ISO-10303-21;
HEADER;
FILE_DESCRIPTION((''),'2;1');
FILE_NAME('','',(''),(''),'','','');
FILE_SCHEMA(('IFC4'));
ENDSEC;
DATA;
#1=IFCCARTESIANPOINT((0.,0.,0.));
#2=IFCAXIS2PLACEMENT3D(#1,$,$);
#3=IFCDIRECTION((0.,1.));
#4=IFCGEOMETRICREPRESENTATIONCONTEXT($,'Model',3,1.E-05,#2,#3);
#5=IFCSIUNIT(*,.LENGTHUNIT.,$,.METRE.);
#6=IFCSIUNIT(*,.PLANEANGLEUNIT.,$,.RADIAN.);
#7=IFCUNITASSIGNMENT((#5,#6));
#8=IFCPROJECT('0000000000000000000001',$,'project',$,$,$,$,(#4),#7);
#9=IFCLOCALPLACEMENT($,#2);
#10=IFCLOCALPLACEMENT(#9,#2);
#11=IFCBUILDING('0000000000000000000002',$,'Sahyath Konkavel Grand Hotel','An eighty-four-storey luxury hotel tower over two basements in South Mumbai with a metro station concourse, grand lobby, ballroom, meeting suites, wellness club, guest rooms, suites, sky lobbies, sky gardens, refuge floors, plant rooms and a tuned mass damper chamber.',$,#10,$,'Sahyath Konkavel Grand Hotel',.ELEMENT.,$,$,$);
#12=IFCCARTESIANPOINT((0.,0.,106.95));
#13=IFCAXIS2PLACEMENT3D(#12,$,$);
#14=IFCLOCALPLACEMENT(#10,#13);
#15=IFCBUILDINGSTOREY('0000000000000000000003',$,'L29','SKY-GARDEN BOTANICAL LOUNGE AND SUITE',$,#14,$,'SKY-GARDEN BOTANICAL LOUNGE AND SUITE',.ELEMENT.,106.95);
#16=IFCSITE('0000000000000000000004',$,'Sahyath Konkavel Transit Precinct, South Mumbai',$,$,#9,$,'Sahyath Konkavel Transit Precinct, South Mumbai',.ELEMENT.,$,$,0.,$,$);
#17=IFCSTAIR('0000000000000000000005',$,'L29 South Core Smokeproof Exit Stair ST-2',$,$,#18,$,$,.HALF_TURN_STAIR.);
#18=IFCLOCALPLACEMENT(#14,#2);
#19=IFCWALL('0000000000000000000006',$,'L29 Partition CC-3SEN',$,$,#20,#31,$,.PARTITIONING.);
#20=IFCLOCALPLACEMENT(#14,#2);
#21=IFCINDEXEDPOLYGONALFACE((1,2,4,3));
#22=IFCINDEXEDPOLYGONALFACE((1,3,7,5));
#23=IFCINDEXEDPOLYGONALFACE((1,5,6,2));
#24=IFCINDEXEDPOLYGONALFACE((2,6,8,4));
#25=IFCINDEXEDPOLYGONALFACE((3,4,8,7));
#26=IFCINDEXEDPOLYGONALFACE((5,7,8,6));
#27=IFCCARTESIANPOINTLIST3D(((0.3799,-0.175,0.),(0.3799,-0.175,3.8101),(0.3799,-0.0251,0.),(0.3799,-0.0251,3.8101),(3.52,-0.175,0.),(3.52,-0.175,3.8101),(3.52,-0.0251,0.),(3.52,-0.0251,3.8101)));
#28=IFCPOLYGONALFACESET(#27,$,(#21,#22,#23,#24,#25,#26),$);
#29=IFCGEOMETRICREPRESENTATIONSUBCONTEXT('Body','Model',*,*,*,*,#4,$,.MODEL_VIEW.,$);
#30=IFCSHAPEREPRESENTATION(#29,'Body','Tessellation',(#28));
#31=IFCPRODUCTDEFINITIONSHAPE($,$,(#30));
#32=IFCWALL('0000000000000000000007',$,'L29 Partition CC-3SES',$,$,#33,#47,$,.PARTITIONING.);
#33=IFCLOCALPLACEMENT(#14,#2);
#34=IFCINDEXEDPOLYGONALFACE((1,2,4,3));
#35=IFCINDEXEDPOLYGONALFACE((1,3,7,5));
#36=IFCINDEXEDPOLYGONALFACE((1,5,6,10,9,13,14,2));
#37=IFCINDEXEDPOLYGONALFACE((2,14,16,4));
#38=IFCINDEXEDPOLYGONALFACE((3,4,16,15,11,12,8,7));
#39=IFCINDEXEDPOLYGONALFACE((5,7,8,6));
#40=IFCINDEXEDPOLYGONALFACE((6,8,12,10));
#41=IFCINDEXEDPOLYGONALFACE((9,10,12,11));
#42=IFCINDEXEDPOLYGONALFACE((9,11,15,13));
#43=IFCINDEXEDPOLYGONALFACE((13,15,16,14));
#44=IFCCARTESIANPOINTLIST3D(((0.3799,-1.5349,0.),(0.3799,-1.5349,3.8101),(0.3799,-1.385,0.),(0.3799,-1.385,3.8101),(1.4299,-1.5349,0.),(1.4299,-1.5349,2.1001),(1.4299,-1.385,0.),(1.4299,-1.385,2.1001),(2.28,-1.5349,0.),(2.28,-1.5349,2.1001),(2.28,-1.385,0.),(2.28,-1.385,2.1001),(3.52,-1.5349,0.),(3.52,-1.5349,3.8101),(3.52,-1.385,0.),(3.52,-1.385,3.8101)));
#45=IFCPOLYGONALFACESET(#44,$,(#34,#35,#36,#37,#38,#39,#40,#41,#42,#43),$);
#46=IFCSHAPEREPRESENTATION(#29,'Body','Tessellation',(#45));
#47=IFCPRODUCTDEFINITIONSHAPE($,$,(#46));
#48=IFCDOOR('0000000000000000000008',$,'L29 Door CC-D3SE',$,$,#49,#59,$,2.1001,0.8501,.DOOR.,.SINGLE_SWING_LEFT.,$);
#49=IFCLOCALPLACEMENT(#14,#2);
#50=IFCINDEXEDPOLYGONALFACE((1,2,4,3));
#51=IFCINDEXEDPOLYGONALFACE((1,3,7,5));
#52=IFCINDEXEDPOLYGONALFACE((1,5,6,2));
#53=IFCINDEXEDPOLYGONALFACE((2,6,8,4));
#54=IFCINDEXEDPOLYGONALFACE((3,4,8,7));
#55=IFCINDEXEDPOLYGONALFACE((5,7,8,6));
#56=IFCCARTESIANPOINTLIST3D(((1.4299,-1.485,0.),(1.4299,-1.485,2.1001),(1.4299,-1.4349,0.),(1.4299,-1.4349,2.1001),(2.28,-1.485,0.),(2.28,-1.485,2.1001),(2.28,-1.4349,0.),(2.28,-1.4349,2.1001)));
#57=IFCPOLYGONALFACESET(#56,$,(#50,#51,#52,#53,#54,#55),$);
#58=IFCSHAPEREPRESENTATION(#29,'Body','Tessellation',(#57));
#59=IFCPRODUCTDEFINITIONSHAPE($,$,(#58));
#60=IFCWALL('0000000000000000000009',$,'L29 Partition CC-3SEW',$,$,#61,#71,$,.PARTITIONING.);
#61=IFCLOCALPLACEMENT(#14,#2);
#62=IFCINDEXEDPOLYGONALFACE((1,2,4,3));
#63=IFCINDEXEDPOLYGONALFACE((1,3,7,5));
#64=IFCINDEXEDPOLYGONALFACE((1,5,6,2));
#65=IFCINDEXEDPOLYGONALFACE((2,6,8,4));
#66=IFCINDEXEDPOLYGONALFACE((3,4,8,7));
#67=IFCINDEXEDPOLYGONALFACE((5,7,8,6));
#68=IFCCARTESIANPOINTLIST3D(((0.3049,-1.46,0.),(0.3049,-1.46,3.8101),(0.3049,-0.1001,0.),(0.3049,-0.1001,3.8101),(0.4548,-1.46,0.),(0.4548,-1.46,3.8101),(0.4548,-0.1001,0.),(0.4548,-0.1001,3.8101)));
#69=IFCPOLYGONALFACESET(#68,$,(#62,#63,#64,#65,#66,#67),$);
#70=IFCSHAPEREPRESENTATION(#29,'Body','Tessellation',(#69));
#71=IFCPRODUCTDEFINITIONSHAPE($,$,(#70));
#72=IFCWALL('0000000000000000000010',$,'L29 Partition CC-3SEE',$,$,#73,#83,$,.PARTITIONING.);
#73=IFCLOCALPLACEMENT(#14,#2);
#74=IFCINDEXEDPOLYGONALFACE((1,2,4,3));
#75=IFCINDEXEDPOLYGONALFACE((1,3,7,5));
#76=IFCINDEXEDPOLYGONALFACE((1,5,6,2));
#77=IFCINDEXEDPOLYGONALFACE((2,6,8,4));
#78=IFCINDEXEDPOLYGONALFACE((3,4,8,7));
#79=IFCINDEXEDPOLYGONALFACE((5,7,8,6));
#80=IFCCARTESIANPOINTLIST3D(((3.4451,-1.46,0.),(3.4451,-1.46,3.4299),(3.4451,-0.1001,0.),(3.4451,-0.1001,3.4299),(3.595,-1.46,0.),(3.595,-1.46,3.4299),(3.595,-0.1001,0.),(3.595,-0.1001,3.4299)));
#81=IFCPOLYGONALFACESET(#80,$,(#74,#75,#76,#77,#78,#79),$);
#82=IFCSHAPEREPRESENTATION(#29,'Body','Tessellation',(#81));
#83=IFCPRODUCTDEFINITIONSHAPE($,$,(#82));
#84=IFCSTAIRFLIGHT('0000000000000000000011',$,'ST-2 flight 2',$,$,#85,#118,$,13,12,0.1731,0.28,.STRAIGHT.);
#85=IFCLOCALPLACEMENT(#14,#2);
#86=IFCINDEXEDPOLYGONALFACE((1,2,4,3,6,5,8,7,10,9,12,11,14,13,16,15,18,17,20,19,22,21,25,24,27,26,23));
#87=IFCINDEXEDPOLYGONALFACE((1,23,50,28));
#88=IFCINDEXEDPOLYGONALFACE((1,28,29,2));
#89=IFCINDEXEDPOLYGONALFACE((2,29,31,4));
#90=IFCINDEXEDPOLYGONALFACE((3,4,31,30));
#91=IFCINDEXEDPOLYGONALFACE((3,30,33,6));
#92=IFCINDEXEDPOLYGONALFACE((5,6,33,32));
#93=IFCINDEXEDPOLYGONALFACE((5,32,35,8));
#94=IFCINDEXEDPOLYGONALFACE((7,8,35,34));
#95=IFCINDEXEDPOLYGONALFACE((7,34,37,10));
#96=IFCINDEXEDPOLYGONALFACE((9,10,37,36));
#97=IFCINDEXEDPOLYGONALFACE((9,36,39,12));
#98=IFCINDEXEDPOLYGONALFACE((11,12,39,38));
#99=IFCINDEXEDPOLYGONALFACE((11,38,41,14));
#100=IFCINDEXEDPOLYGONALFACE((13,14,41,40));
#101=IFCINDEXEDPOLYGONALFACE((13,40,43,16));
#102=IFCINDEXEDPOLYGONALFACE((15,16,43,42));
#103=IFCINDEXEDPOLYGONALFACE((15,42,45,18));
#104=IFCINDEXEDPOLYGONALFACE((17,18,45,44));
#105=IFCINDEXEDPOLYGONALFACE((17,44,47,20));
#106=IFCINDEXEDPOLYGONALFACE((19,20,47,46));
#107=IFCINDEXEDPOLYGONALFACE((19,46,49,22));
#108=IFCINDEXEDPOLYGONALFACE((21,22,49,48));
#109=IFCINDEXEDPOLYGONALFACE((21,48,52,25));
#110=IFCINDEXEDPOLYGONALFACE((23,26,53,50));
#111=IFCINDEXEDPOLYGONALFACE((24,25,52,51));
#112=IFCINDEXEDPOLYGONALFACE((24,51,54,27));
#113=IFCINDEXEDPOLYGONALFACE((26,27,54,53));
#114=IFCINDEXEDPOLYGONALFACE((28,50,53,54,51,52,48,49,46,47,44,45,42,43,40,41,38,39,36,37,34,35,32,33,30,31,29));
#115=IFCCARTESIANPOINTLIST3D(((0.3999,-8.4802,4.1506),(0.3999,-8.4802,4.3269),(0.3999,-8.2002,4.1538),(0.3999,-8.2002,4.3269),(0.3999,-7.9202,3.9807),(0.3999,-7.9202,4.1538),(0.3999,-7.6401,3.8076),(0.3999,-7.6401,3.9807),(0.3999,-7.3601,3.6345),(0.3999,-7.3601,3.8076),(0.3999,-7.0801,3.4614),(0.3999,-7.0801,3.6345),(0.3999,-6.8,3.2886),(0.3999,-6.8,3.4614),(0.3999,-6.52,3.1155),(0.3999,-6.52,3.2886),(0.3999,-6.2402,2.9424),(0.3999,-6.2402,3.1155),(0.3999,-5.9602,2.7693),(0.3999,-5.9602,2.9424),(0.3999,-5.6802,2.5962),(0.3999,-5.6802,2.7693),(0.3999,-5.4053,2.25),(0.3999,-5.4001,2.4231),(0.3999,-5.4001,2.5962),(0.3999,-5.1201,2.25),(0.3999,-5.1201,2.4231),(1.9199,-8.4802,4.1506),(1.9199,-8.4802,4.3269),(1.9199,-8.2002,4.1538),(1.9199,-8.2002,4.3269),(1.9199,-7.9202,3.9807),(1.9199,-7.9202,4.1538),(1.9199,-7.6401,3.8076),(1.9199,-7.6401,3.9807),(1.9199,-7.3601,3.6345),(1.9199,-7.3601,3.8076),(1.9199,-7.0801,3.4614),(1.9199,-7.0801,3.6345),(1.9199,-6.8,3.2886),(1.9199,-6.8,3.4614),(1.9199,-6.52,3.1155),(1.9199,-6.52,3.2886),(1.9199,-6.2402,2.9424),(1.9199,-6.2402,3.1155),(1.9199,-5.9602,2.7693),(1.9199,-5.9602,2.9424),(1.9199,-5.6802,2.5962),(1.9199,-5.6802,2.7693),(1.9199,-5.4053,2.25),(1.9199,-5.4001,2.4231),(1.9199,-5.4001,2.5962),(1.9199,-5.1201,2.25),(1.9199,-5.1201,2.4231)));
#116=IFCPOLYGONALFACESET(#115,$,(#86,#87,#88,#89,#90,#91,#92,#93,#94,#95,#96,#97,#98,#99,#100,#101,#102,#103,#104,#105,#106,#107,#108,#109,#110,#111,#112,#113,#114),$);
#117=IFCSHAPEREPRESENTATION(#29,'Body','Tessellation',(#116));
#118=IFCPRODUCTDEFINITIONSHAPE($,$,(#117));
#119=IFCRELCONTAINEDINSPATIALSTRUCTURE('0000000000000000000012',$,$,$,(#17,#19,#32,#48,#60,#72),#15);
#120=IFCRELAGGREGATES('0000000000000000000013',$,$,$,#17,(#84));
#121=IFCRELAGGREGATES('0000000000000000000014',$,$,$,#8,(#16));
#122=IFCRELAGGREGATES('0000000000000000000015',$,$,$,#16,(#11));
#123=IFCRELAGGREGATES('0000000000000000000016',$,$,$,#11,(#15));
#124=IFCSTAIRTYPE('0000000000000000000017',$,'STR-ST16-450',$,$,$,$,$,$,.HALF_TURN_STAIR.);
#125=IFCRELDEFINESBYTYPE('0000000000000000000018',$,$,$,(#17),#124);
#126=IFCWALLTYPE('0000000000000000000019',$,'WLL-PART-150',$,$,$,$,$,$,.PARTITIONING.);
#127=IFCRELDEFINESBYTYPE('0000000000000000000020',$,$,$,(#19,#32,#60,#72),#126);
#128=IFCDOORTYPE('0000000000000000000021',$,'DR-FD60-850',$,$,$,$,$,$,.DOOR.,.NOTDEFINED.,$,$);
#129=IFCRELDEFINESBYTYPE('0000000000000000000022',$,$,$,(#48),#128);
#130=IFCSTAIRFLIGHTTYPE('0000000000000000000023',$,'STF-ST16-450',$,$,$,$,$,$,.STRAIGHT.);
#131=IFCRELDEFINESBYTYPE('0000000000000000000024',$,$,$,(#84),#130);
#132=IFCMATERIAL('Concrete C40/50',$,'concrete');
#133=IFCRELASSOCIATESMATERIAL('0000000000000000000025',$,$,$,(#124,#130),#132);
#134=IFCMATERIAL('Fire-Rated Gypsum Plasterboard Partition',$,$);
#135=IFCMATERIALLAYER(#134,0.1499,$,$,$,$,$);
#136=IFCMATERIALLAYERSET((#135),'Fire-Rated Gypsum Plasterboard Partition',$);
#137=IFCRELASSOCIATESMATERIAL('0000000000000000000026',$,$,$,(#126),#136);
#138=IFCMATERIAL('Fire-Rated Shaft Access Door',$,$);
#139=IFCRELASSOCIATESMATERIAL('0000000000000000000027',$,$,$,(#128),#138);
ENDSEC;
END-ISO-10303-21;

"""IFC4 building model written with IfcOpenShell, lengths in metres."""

from ifc_helpers import new_model, si_unit, direction, frame, frame_2d, origin, origin_2d, place, context, subcontext, project, spatial, polyline, rectangle, outline, extrude, source, transform, mapped, material, layer, layer_set, type_object, element, fill, aggregate, save


model = new_model("IFC4")

# Units and contexts
model_context = context("Model", 3, precision=1e-05, world=origin(), true_north=direction((0.0, 1.0)))
body_context = subcontext(model_context, "Body", "Model", "MODEL_VIEW")
ifc_project = project(units=[si_unit("LENGTHUNIT", "METRE"), si_unit("PLANEANGLEUNIT", "RADIAN")], contexts=[model_context])

# Site, building, storey
site_placement = place(None, origin())
site = spatial("IfcSite", under=ifc_project, at=site_placement, Name="Sahyath Konkavel Transit Precinct, South Mumbai", LongName="Sahyath Konkavel Transit Precinct, South Mumbai", CompositionType="ELEMENT", RefElevation=0.0)
building_placement = place(site_placement, origin())
building = spatial("IfcBuilding", under=site, at=building_placement, Name="Sahyath Konkavel Grand Hotel", Description="An eighty-four-storey luxury hotel tower over two basements in South Mumbai with a metro station concourse, grand lobby, ballroom, meeting suites, wellness club, guest rooms, suites, sky lobbies, sky gardens, refuge floors, plant rooms and a tuned mass damper chamber.", LongName="Sahyath Konkavel Grand Hotel", CompositionType="ELEMENT")
storey_placement = place(building_placement, frame((0.0, 0.0, 106.95)))
storey = spatial("IfcBuildingStorey", under=building, at=storey_placement, Name="L29", Description="SKY-GARDEN BOTANICAL LOUNGE AND SUITE", LongName="SKY-GARDEN BOTANICAL LOUNGE AND SUITE", CompositionType="ELEMENT", Elevation=106.95)

# Shared definitions
ifc_material_1 = material(Name="Concrete C40/50", Category="concrete")

# Stair
stair_type = type_object("IfcStairType", Name="STR-ST16-450", PredefinedType="HALF_TURN_STAIR", material=ifc_material_1)
stair_1_placement = place(storey_placement, origin())
stair_1 = element("IfcStair", 1, at=stair_1_placement, inside=storey, type_object=stair_type, Name="L29 South Core Smokeproof Exit Stair ST-2", PredefinedType="HALF_TURN_STAIR")

# Wall
ifc_material_2 = material(Name="Fire-Rated Gypsum Plasterboard Partition")
ifc_layer_1 = layer(ifc_material_2, 0.1499)
ifc_layer_set_1 = layer_set([ifc_layer_1], Name="Fire-Rated Gypsum Plasterboard Partition")
wall_type_1 = type_object("IfcWallType", Name="WLL-PART-150", PredefinedType="PARTITIONING", material=ifc_layer_set_1)
wall_1_placement = place(storey_placement, frame((0.3799, -0.1001, 0.0), z_axis=(0.0, 0.0, 1.0), x_axis=(1.0, 0.0, 0.0)))
element("IfcWall", 2, at=wall_1_placement, inside=storey, type_object=wall_type_1, Name="L29 Partition CC-3SEN", PredefinedType="PARTITIONING", context=body_context, shape_type="SweptSolid", body=[
    extrude(rectangle(XDim=3.1401, YDim=0.1499, at=frame_2d((1.5701, 0.0))), origin(), (0.0, 0.0, 1.0), 3.8101),
])

# Wall, opening, door
wall_2_placement = place(storey_placement, frame((0.3799, -1.46, 0.0), z_axis=(0.0, 0.0, 1.0), x_axis=(1.0, 0.0, 0.0)))
wall_2 = element("IfcWall", 3, at=wall_2_placement, inside=storey, type_object=wall_type_1, Name="L29 Partition CC-3SES", PredefinedType="PARTITIONING", context=body_context, shape_type="SweptSolid", body=[
    extrude(rectangle(XDim=3.1401, YDim=0.1499, at=frame_2d((1.5701, 0.0))), origin(), (0.0, 0.0, 1.0), 3.8101),
])
opening_placement = place(wall_2_placement, frame((1.05, 0.0, 0.0)))
opening = element("IfcOpeningElement", 4, at=opening_placement, cuts=wall_2, PredefinedType="OPENING", context=body_context, shape_type="SweptSolid", body=[
    extrude(rectangle(XDim=0.8501, YDim=2.1001, at=frame_2d((0.425, 1.05))), frame((0.0, 0.085, 0.0), z_axis=(0.0, -1.0, 0.0), x_axis=(1.0, 0.0, 0.0)), (0.0, 0.0, 1.0), 0.1699),
])
ifc_material_3 = material(Name="Fire-Rated Shaft Access Door")
door_type = type_object("IfcDoorType", Name="DR-FD60-850", OperationType="NOTDEFINED", PredefinedType="DOOR", material=ifc_material_3)
shared_shape_1 = source(origin(), body_context, "Body", "SweptSolid", [
    extrude(rectangle(XDim=0.8501, YDim=0.05, at=origin_2d()), origin(), (0.0, 0.0, 1.0), 2.1001),
])
door_placement = place(opening_placement, frame((0.425, 0.0, 0.0)))
door = element("IfcDoor", 5, at=door_placement, inside=storey, type_object=door_type, Name="L29 Door CC-D3SE", OperationType="SINGLE_SWING_LEFT", OverallHeight=2.1001, OverallWidth=0.8501, PredefinedType="DOOR", context=body_context, shape_type="MappedRepresentation", body=[
    mapped(shared_shape_1, transform((0.0, 0.0, 0.0), scale=1.0)),
])
fill(opening, door)

# Walls
wall_3_placement = place(storey_placement, frame((0.3799, -1.46, 0.0), z_axis=(0.0, 0.0, 1.0), x_axis=(0.0, 1.0, 0.0)))
element("IfcWall", 6, at=wall_3_placement, inside=storey, type_object=wall_type_1, Name="L29 Partition CC-3SEW", PredefinedType="PARTITIONING", context=body_context, shape_type="SweptSolid", body=[
    extrude(rectangle(XDim=1.3599, YDim=0.1499, at=frame_2d((0.6799, 0.0))), origin(), (0.0, 0.0, 1.0), 3.8101),
])
wall_4_placement = place(storey_placement, frame((3.52, -1.46, 0.0), z_axis=(0.0, 0.0, 1.0), x_axis=(0.0, 1.0, 0.0)))
element("IfcWall", 7, at=wall_4_placement, inside=storey, type_object=wall_type_1, Name="L29 Partition CC-3SEE", PredefinedType="PARTITIONING", context=body_context, shape_type="SweptSolid", body=[
    extrude(rectangle(XDim=1.3599, YDim=0.1499, at=frame_2d((0.6799, 0.0))), origin(), (0.0, 0.0, 1.0), 3.4299),
])

# Stair flight
stair_flight_type = type_object("IfcStairFlightType", Name="STF-ST16-450", PredefinedType="STRAIGHT", material=ifc_material_1)
stair_flight_placement = place(storey_placement, frame((1.1599, -5.1201, 2.25), z_axis=(0.0, 0.0, 1.0), x_axis=(0.0, -1.0, 0.0)))
stair_flight = element("IfcStairFlight", 8, at=stair_flight_placement, type_object=stair_flight_type, Name="ST-2 flight 2", NumberOfRisers=13, NumberOfTreads=12, PredefinedType="STRAIGHT", RiserHeight=0.1731, TreadLength=0.28, context=body_context, shape_type="SweptSolid", body=[
    extrude(outline(polyline([(0.0, 0.0), (0.0, 0.1731), (0.28, 0.1731), (0.28, 0.3462), (0.5601, 0.3462), (0.5601, 0.5193), (0.8401, 0.5193), (0.8401, 0.6924), (1.1201, 0.6924), (1.1201, 0.8655), (1.3999, 0.8655), (1.3999, 1.0386), (1.6799, 1.0386), (1.6799, 1.2114), (1.96, 1.2114), (1.96, 1.3845), (2.24, 1.3845), (2.24, 1.5576), (2.52, 1.5576), (2.52, 1.7307), (2.8, 1.7307), (2.8, 1.9038), (3.0801, 1.9038), (3.0801, 2.0769), (3.3601, 2.0769), (3.3601, 2.25), (3.3601, 1.9006), (0.2852, 0.0), (0.0, 0.0)])), frame((0.0, 0.76, 0.0), z_axis=(0.0, -1.0, 0.0), x_axis=(1.0, 0.0, 0.0)), (0.0, 0.0, 1.0), 1.52),
])
aggregate(stair_1, [stair_flight])

save(model, "model.ifc")
